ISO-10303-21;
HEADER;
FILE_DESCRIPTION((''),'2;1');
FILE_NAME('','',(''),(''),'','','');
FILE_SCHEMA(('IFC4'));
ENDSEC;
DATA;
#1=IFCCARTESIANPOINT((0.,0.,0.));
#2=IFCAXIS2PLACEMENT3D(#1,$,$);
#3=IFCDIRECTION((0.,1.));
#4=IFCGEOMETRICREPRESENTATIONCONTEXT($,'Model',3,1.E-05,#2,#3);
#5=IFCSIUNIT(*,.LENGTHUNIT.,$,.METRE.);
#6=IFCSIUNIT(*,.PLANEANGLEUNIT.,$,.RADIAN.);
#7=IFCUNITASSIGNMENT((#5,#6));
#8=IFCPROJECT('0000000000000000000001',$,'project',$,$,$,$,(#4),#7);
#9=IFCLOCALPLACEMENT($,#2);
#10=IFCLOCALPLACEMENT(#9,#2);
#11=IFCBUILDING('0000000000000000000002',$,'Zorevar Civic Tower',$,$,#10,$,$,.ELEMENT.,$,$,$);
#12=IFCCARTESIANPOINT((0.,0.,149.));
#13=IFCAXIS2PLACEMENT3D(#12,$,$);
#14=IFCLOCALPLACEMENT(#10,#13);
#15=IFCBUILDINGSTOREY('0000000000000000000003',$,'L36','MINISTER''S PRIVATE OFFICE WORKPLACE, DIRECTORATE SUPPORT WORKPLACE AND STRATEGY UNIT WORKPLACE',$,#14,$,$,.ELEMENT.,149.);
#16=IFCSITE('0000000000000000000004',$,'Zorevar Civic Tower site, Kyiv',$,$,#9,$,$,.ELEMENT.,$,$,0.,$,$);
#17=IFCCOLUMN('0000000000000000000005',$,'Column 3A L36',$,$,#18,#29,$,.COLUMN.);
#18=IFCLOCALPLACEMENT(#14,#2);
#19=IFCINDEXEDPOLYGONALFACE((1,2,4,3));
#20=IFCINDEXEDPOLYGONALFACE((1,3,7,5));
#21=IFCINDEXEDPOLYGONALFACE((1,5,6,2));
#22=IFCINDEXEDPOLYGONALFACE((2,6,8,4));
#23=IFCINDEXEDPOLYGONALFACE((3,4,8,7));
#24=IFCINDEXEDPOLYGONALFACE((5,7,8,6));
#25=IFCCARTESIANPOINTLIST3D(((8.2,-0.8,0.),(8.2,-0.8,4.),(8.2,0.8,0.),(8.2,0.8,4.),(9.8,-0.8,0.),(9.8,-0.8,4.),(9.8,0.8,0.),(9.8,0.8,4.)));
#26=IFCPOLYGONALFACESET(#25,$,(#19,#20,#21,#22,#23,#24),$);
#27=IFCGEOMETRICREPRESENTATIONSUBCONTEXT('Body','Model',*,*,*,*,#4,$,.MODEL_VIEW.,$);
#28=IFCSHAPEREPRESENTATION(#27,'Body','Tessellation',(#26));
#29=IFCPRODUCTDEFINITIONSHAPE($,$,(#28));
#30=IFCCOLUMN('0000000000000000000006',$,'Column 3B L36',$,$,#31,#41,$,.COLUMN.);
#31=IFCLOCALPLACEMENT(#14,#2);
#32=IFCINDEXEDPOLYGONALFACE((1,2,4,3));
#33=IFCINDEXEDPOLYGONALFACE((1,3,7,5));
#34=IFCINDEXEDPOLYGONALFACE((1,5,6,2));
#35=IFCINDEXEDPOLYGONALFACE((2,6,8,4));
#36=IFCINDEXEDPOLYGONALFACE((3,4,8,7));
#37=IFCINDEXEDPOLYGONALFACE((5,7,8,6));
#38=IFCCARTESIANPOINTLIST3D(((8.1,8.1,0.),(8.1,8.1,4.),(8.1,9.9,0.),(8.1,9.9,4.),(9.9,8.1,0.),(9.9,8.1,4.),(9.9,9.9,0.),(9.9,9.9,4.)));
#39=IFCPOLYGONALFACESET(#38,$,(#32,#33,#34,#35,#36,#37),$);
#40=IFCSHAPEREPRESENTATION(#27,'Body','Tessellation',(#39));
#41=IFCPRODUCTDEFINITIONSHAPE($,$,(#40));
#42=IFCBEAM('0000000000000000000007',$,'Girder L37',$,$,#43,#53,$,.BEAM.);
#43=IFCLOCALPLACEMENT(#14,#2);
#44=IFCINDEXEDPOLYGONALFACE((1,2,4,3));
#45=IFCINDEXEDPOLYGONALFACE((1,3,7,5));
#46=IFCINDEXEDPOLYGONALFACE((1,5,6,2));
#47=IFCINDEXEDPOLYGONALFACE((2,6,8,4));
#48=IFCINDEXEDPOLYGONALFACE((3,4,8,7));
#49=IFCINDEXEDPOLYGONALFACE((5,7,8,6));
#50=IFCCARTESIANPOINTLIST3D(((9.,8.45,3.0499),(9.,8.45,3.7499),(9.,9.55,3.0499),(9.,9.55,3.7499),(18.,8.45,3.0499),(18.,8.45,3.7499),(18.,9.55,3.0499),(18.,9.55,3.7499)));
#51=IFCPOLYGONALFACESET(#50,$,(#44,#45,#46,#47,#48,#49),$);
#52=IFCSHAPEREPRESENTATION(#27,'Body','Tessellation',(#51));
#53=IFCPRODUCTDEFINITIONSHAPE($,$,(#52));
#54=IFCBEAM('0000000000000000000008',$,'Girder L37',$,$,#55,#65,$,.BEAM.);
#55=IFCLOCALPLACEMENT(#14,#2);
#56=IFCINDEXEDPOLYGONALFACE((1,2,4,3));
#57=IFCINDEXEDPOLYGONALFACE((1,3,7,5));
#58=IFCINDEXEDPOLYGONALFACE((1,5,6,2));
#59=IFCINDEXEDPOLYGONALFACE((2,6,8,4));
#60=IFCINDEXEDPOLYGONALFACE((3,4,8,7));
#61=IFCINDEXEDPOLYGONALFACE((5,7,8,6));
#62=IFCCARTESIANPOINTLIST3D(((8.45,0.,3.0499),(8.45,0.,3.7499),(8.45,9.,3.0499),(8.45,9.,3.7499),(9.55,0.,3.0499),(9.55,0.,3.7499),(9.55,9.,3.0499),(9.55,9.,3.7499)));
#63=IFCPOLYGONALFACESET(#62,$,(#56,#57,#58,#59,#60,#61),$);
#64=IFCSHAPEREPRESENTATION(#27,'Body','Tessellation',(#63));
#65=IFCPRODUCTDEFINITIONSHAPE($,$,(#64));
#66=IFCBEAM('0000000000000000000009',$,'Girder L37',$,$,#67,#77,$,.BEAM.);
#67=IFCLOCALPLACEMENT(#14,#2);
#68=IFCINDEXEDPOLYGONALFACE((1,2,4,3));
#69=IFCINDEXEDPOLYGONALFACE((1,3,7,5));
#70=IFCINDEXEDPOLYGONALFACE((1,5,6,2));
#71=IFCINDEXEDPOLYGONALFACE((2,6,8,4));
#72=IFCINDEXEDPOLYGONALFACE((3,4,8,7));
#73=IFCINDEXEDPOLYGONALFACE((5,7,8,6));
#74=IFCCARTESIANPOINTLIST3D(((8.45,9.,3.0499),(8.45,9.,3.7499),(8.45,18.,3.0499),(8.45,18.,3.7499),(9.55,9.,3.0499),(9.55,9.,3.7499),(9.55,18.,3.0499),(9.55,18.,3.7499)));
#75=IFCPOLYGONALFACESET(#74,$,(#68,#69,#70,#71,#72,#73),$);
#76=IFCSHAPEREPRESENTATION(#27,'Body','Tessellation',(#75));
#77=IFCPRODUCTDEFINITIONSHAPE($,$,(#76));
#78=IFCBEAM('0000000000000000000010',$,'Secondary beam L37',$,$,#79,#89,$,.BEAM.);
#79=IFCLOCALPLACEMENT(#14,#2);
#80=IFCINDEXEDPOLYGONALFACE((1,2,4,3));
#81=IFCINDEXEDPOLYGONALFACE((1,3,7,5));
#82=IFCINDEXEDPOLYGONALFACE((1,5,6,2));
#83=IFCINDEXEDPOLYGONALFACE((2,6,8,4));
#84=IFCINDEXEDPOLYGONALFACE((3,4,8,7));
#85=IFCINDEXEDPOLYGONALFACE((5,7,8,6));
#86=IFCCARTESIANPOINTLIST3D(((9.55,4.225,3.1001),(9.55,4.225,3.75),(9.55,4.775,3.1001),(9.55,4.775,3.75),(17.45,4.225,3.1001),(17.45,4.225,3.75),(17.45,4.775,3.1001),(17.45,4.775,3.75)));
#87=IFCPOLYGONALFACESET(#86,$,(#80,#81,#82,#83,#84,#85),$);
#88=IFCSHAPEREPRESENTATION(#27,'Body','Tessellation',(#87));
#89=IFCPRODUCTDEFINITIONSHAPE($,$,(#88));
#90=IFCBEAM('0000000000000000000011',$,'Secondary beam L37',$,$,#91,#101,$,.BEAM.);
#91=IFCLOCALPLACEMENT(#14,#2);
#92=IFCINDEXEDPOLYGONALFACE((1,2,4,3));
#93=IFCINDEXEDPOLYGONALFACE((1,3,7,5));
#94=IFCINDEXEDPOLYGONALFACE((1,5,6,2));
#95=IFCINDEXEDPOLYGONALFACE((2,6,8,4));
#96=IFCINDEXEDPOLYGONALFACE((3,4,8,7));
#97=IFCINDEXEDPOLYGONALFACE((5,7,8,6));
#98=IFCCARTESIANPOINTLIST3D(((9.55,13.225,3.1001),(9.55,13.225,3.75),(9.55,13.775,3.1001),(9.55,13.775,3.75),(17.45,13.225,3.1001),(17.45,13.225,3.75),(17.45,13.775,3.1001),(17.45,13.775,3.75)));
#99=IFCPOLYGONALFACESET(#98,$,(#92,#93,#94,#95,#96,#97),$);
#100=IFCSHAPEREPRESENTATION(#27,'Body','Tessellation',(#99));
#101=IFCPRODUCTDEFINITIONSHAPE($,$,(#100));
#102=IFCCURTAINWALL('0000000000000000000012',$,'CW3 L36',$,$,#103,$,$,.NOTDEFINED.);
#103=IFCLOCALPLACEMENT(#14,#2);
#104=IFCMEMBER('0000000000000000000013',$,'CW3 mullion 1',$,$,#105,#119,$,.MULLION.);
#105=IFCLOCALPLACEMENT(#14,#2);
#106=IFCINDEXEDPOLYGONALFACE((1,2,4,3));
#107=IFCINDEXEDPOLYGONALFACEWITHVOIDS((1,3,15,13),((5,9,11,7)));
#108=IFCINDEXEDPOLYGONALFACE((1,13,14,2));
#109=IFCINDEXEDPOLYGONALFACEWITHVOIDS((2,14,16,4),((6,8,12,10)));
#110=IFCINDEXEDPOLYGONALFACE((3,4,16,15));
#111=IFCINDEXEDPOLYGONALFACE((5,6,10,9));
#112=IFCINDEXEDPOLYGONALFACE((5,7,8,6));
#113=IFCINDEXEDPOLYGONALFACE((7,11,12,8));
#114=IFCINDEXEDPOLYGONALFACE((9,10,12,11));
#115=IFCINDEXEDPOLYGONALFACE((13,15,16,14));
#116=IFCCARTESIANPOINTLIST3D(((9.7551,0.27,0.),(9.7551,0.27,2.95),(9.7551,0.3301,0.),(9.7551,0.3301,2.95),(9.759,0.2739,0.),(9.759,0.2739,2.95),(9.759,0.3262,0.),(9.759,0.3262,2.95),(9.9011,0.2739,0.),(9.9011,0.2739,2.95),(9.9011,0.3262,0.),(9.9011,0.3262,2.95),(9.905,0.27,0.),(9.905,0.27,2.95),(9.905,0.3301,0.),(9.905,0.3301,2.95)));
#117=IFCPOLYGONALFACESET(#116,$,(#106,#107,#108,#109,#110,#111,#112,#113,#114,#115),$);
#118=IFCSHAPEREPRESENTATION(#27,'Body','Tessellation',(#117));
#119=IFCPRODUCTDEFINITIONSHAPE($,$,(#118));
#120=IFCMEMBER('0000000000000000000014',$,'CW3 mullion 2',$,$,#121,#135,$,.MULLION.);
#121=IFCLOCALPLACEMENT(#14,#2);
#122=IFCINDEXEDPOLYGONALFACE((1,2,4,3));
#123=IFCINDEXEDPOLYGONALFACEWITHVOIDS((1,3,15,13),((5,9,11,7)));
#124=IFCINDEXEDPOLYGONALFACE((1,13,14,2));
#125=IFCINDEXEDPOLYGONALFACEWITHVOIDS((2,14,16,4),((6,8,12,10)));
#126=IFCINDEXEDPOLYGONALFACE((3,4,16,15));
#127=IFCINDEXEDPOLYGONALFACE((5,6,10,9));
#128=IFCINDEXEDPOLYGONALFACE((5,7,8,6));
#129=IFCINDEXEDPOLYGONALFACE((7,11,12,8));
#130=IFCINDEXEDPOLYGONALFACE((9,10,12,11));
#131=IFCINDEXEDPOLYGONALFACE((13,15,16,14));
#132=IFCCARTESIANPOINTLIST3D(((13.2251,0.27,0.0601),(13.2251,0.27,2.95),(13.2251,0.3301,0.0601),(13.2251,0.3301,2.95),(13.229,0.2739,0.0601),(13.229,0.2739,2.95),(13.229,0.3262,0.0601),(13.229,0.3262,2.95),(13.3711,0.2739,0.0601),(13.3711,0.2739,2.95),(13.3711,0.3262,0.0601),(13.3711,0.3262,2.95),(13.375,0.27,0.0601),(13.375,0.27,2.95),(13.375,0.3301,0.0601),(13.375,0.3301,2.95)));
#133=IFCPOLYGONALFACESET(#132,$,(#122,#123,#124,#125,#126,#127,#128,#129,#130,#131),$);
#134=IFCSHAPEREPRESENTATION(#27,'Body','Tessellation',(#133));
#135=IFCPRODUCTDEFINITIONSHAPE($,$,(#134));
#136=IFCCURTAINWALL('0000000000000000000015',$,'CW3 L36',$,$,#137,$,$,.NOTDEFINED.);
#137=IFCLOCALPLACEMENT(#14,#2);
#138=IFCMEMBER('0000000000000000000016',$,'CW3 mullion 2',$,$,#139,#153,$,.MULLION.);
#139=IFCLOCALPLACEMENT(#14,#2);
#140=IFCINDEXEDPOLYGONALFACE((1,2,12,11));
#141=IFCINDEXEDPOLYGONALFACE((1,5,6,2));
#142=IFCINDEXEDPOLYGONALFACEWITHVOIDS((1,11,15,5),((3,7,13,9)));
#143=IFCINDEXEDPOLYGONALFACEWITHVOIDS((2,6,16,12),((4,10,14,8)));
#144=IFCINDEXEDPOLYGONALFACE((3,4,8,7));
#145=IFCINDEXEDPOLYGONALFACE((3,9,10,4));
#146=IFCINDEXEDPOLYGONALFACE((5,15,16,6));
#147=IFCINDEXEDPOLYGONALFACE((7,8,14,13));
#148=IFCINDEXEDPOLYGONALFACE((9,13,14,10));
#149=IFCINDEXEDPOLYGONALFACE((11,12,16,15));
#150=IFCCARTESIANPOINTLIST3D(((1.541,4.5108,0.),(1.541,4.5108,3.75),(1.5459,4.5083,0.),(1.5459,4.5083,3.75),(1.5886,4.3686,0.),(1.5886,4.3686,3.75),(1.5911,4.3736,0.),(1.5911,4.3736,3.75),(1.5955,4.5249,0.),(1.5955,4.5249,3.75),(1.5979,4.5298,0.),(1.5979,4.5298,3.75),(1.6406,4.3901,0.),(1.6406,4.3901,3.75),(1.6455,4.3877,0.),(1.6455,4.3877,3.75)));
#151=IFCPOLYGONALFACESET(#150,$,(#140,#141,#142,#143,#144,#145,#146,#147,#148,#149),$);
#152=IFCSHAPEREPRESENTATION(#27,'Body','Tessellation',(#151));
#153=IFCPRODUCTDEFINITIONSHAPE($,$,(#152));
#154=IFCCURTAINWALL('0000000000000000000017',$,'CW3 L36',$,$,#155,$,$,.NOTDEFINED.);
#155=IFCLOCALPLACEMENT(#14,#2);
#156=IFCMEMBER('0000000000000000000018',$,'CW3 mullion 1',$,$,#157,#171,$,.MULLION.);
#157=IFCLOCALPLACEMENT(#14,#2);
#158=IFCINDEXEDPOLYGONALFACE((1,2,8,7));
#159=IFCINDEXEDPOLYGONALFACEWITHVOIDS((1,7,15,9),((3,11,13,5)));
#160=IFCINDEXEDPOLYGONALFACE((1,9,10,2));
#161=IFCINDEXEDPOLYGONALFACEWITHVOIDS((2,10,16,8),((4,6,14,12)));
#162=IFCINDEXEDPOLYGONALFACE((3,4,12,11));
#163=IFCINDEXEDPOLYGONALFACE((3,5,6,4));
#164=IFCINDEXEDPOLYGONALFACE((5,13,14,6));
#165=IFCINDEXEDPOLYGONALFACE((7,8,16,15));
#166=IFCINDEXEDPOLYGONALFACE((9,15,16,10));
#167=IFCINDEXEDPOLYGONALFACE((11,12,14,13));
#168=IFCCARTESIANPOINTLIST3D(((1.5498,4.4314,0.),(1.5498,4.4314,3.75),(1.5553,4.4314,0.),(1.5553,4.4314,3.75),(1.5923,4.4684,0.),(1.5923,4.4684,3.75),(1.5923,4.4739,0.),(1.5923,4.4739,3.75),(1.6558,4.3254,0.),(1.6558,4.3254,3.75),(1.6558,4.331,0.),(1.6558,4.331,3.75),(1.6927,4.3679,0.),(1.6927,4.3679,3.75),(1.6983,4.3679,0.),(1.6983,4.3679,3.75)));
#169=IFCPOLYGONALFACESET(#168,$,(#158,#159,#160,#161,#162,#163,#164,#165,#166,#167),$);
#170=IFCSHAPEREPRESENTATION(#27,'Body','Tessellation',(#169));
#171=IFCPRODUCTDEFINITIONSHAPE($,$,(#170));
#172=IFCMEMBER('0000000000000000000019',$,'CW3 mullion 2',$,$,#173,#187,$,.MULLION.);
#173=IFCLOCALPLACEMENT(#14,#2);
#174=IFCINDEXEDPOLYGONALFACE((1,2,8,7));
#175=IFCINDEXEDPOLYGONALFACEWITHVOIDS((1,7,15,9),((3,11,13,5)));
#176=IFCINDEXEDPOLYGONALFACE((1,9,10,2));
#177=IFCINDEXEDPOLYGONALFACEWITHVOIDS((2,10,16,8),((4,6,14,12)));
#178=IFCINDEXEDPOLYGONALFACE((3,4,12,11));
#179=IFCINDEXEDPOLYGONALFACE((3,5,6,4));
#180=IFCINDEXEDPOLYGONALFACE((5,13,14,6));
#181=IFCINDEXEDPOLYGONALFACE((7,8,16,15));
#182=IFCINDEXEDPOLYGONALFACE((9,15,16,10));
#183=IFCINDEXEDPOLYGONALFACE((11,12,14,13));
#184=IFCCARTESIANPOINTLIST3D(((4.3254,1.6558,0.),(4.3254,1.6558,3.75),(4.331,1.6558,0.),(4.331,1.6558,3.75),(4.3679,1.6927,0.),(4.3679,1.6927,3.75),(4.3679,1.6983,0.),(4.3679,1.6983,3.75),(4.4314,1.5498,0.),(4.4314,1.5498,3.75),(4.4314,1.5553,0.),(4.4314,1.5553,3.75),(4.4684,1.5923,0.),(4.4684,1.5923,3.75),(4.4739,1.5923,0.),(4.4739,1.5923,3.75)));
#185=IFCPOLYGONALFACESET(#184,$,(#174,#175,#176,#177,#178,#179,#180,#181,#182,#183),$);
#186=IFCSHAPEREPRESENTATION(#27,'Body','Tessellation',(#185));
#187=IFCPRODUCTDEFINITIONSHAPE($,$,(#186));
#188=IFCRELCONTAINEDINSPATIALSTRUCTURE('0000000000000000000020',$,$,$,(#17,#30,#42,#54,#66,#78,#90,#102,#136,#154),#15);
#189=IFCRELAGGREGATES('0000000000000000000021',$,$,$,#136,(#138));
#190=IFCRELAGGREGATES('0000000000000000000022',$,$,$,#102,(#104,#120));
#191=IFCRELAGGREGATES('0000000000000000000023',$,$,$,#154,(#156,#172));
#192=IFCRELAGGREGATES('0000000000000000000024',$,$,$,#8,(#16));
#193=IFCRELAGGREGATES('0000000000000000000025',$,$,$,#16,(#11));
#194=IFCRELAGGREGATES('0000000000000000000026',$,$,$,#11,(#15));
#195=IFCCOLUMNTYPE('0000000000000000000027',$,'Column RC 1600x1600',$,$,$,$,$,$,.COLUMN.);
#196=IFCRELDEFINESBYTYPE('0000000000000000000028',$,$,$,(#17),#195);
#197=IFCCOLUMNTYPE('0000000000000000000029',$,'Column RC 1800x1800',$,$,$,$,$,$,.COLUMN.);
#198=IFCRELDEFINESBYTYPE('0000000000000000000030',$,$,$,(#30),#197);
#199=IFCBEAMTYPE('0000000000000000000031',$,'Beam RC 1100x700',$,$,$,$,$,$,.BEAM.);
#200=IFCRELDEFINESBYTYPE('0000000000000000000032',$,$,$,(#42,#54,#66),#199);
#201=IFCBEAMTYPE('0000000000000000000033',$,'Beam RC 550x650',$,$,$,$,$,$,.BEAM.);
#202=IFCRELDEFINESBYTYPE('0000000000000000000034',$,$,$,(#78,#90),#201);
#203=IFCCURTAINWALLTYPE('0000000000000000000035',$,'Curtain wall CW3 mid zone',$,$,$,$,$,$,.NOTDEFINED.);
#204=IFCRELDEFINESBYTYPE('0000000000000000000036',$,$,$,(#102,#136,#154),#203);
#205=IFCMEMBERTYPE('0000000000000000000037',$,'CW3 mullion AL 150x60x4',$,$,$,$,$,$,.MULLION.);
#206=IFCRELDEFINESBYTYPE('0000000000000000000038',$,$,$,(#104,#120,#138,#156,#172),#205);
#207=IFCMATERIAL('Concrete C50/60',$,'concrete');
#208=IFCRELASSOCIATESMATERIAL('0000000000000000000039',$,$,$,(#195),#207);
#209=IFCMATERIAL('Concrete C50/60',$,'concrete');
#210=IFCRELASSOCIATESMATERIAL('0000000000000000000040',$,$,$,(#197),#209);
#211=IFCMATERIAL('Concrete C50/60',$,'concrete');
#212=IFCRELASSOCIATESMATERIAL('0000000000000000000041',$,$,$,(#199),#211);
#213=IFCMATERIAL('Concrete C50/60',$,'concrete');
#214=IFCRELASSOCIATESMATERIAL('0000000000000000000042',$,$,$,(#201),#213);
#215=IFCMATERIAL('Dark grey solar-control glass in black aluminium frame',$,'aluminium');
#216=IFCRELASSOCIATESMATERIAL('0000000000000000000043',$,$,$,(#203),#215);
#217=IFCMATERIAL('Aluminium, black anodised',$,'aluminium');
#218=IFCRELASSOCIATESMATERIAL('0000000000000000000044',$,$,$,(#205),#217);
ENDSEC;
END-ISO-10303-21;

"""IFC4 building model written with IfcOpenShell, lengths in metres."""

from ifc_helpers import new_model, si_unit, direction, frame, origin, origin_2d, place, context, subcontext, project, spatial, rectangle, hollow_rectangle, extrude, material, material_profile, profile_set, type_object, element, aggregate, save


model = new_model("IFC4")

# Units and contexts
model_context = context("Model", 3, precision=1e-05, world=origin(), true_north=direction((0.0, 1.0)))
body_context = subcontext(model_context, "Body", "Model", "MODEL_VIEW")
ifc_project = project(units=[si_unit("LENGTHUNIT", "METRE"), si_unit("PLANEANGLEUNIT", "RADIAN")], contexts=[model_context])

# Site, building, storey
site_placement = place(None, origin())
site = spatial("IfcSite", under=ifc_project, at=site_placement, Name="Zorevar Civic Tower site, Kyiv", CompositionType="ELEMENT", RefElevation=0.0)
building_placement = place(site_placement, origin())
building = spatial("IfcBuilding", under=site, at=building_placement, Name="Zorevar Civic Tower", CompositionType="ELEMENT")
storey_placement = place(building_placement, frame((0.0, 0.0, 149.0)))
storey = spatial("IfcBuildingStorey", under=building, at=storey_placement, Name="L36", Description="MINISTER'S PRIVATE OFFICE WORKPLACE, DIRECTORATE SUPPORT WORKPLACE AND STRATEGY UNIT WORKPLACE", CompositionType="ELEMENT", Elevation=149.0)

# Columns
ifc_material_1 = material(Name="Concrete C50/60", Category="concrete")
ifc_material_profile_1 = material_profile(ifc_material_1, rectangle(XDim=1.6001, YDim=1.6001, at=origin_2d()), Name="RC 1600x1600")
ifc_profile_set_1 = profile_set([ifc_material_profile_1], Name="Concrete C50/60")
column_type_1 = type_object("IfcColumnType", Name="Column RC 1600x1600", PredefinedType="COLUMN", material=ifc_profile_set_1)
column_1_placement = place(storey_placement, frame((9.0, 0.0, 0.0), z_axis=(0.0, 0.0, 1.0), x_axis=(1.0, 0.0, 0.0)))
element("IfcColumn", 1, at=column_1_placement, inside=storey, type_object=column_type_1, Name="Column 3A L36", PredefinedType="COLUMN", context=body_context, shape_type="SweptSolid", body=[
    extrude(rectangle(XDim=1.6001, YDim=1.6001, at=origin_2d()), origin(), (0.0, 0.0, 1.0), 4.0),
])
ifc_material_2 = material(Name="Concrete C50/60", Category="concrete")
ifc_material_profile_2 = material_profile(ifc_material_2, rectangle(XDim=1.8, YDim=1.8, at=origin_2d()), Name="RC 1800x1800")
ifc_profile_set_2 = profile_set([ifc_material_profile_2], Name="Concrete C50/60")
column_type_2 = type_object("IfcColumnType", Name="Column RC 1800x1800", PredefinedType="COLUMN", material=ifc_profile_set_2)
column_2_placement = place(storey_placement, frame((9.0, 9.0, 0.0), z_axis=(0.0, 0.0, 1.0), x_axis=(1.0, 0.0, 0.0)))
element("IfcColumn", 2, at=column_2_placement, inside=storey, type_object=column_type_2, Name="Column 3B L36", PredefinedType="COLUMN", context=body_context, shape_type="SweptSolid", body=[
    extrude(rectangle(XDim=1.8, YDim=1.8, at=origin_2d()), origin(), (0.0, 0.0, 1.0), 4.0),
])

# Beams
ifc_material_3 = material(Name="Concrete C50/60", Category="concrete")
ifc_material_profile_3 = material_profile(ifc_material_3, rectangle(XDim=1.1001, YDim=0.7, at=origin_2d()), Name="RC 1100x700")
ifc_profile_set_3 = profile_set([ifc_material_profile_3], Name="Concrete C50/60")
beam_type_1 = type_object("IfcBeamType", Name="Beam RC 1100x700", PredefinedType="BEAM", material=ifc_profile_set_3)
for number, where, z_axis, x_axis, name in (
    (3, (9.0, 9.0, 3.3999), (1.0, 0.0, 0.0), (0.0, 1.0, 0.0), "Girder L37"),
    (4, (9.0, 0.0, 3.3999), (0.0, 1.0, 0.0), (-1.0, 0.0, 0.0), "Girder L37"),
    (5, (9.0, 9.0, 3.3999), (0.0, 1.0, 0.0), (-1.0, 0.0, 0.0), "Girder L37"),
):
    element("IfcBeam", number, at=place(storey_placement, frame(where, z_axis=z_axis, x_axis=x_axis)), inside=storey, type_object=beam_type_1, Name=name, PredefinedType="BEAM", context=body_context, shape_type="SweptSolid", body=[
        extrude(rectangle(XDim=1.1001, YDim=0.7, at=origin_2d()), origin(), (0.0, 0.0, 1.0), 9.0),
    ])
ifc_material_4 = material(Name="Concrete C50/60", Category="concrete")
ifc_material_profile_4 = material_profile(ifc_material_4, rectangle(XDim=0.55, YDim=0.6499, at=origin_2d()), Name="RC 550x650")
ifc_profile_set_4 = profile_set([ifc_material_profile_4], Name="Concrete C50/60")
beam_type_2 = type_object("IfcBeamType", Name="Beam RC 550x650", PredefinedType="BEAM", material=ifc_profile_set_4)
for number, where, z_axis, x_axis, name in (
    (6, (9.55, 4.5, 3.425), (1.0, 0.0, 0.0), (0.0, 1.0, 0.0), "Secondary beam L37"),
    (7, (9.55, 13.5, 3.425), (1.0, 0.0, 0.0), (0.0, 1.0, 0.0), "Secondary beam L37"),
):
    element("IfcBeam", number, at=place(storey_placement, frame(where, z_axis=z_axis, x_axis=x_axis)), inside=storey, type_object=beam_type_2, Name=name, PredefinedType="BEAM", context=body_context, shape_type="SweptSolid", body=[
        extrude(rectangle(XDim=0.55, YDim=0.6499, at=origin_2d()), origin(), (0.0, 0.0, 1.0), 7.8999),
    ])

# Curtain wall, members
ifc_material_5 = material(Name="Dark grey solar-control glass in black aluminium frame", Category="aluminium")
curtain_wall_type = type_object("IfcCurtainWallType", Name="Curtain wall CW3 mid zone", PredefinedType="NOTDEFINED", material=ifc_material_5)
curtain_wall_1_placement = place(storey_placement, origin())
curtain_wall_1 = element("IfcCurtainWall", 8, at=curtain_wall_1_placement, inside=storey, type_object=curtain_wall_type, Name="CW3 L36", PredefinedType="NOTDEFINED")
ifc_material_6 = material(Name="Aluminium, black anodised", Category="aluminium")
ifc_material_profile_5 = material_profile(ifc_material_6, hollow_rectangle(XDim=0.0601, YDim=0.1499, WallThickness=0.0039, at=origin_2d()), Name="AL 150x60x4")
ifc_profile_set_5 = profile_set([ifc_material_profile_5], Name="Aluminium, black anodised")
member_type_1 = type_object("IfcMemberType", Name="CW3 mullion AL 150x60x4", PredefinedType="MULLION", material=ifc_profile_set_5)
member_1_placement = place(storey_placement, frame((9.8301, 0.3, 0.0), z_axis=(0.0, 0.0, 1.0), x_axis=(0.0, 1.0, 0.0)))
member_1 = element("IfcMember", 9, at=member_1_placement, type_object=member_type_1, Name="CW3 mullion 1", PredefinedType="MULLION", context=body_context, shape_type="SweptSolid", body=[
    extrude(hollow_rectangle(XDim=0.0601, YDim=0.1499, WallThickness=0.0039, at=origin_2d()), origin(), (0.0, 0.0, 1.0), 2.95),
])
member_2_placement = place(storey_placement, frame((13.3, 0.3, 0.0601), z_axis=(0.0, 0.0, 1.0), x_axis=(0.0, 1.0, 0.0)))
member_2 = element("IfcMember", 10, at=member_2_placement, type_object=member_type_1, Name="CW3 mullion 2", PredefinedType="MULLION", context=body_context, shape_type="SweptSolid", body=[
    extrude(hollow_rectangle(XDim=0.0601, YDim=0.1499, WallThickness=0.0039, at=origin_2d()), origin(), (0.0, 0.0, 1.0), 2.8899),
])

# Curtain wall, member
curtain_wall_2_placement = place(storey_placement, origin())
curtain_wall_2 = element("IfcCurtainWall", 11, at=curtain_wall_2_placement, inside=storey, type_object=curtain_wall_type, Name="CW3 L36", PredefinedType="NOTDEFINED")
member_3_placement = place(storey_placement, frame((1.5933, 4.4492, 0.0), z_axis=(0.0, 0.0, 1.0), x_axis=(0.948227, 0.317593, 0.0)))
member_3 = element("IfcMember", 12, at=member_3_placement, type_object=member_type_1, Name="CW3 mullion 2", PredefinedType="MULLION", context=body_context, shape_type="SweptSolid", body=[
    extrude(hollow_rectangle(XDim=0.0601, YDim=0.1499, WallThickness=0.0039, at=origin_2d()), origin(), (0.0, 0.0, 1.0), 3.75),
])
aggregate(curtain_wall_2, [member_3])

# Curtain wall, members
curtain_wall_3_placement = place(storey_placement, origin())
curtain_wall_3 = element("IfcCurtainWall", 13, at=curtain_wall_3_placement, inside=storey, type_object=curtain_wall_type, Name="CW3 L36", PredefinedType="NOTDEFINED")
member_4_placement = place(storey_placement, frame((1.624, 4.3997, 0.0), z_axis=(0.0, 0.0, 1.0), x_axis=(0.707107, 0.707107, 0.0)))
member_4 = element("IfcMember", 14, at=member_4_placement, type_object=member_type_1, Name="CW3 mullion 1", PredefinedType="MULLION", context=body_context, shape_type="SweptSolid", body=[
    extrude(hollow_rectangle(XDim=0.0601, YDim=0.1499, WallThickness=0.0039, at=origin_2d()), origin(), (0.0, 0.0, 1.0), 3.75),
])
member_5_placement = place(storey_placement, frame((4.3997, 1.624, 0.0), z_axis=(0.0, 0.0, 1.0), x_axis=(0.707107, 0.707107, 0.0)))
member_5 = element("IfcMember", 15, at=member_5_placement, type_object=member_type_1, Name="CW3 mullion 2", PredefinedType="MULLION", context=body_context, shape_type="SweptSolid", body=[
    extrude(hollow_rectangle(XDim=0.0601, YDim=0.1499, WallThickness=0.0039, at=origin_2d()), origin(), (0.0, 0.0, 1.0), 3.75),
])

aggregate(curtain_wall_1, [member_1, member_2])
aggregate(curtain_wall_3, [member_4, member_5])

save(model, "model.ifc")
